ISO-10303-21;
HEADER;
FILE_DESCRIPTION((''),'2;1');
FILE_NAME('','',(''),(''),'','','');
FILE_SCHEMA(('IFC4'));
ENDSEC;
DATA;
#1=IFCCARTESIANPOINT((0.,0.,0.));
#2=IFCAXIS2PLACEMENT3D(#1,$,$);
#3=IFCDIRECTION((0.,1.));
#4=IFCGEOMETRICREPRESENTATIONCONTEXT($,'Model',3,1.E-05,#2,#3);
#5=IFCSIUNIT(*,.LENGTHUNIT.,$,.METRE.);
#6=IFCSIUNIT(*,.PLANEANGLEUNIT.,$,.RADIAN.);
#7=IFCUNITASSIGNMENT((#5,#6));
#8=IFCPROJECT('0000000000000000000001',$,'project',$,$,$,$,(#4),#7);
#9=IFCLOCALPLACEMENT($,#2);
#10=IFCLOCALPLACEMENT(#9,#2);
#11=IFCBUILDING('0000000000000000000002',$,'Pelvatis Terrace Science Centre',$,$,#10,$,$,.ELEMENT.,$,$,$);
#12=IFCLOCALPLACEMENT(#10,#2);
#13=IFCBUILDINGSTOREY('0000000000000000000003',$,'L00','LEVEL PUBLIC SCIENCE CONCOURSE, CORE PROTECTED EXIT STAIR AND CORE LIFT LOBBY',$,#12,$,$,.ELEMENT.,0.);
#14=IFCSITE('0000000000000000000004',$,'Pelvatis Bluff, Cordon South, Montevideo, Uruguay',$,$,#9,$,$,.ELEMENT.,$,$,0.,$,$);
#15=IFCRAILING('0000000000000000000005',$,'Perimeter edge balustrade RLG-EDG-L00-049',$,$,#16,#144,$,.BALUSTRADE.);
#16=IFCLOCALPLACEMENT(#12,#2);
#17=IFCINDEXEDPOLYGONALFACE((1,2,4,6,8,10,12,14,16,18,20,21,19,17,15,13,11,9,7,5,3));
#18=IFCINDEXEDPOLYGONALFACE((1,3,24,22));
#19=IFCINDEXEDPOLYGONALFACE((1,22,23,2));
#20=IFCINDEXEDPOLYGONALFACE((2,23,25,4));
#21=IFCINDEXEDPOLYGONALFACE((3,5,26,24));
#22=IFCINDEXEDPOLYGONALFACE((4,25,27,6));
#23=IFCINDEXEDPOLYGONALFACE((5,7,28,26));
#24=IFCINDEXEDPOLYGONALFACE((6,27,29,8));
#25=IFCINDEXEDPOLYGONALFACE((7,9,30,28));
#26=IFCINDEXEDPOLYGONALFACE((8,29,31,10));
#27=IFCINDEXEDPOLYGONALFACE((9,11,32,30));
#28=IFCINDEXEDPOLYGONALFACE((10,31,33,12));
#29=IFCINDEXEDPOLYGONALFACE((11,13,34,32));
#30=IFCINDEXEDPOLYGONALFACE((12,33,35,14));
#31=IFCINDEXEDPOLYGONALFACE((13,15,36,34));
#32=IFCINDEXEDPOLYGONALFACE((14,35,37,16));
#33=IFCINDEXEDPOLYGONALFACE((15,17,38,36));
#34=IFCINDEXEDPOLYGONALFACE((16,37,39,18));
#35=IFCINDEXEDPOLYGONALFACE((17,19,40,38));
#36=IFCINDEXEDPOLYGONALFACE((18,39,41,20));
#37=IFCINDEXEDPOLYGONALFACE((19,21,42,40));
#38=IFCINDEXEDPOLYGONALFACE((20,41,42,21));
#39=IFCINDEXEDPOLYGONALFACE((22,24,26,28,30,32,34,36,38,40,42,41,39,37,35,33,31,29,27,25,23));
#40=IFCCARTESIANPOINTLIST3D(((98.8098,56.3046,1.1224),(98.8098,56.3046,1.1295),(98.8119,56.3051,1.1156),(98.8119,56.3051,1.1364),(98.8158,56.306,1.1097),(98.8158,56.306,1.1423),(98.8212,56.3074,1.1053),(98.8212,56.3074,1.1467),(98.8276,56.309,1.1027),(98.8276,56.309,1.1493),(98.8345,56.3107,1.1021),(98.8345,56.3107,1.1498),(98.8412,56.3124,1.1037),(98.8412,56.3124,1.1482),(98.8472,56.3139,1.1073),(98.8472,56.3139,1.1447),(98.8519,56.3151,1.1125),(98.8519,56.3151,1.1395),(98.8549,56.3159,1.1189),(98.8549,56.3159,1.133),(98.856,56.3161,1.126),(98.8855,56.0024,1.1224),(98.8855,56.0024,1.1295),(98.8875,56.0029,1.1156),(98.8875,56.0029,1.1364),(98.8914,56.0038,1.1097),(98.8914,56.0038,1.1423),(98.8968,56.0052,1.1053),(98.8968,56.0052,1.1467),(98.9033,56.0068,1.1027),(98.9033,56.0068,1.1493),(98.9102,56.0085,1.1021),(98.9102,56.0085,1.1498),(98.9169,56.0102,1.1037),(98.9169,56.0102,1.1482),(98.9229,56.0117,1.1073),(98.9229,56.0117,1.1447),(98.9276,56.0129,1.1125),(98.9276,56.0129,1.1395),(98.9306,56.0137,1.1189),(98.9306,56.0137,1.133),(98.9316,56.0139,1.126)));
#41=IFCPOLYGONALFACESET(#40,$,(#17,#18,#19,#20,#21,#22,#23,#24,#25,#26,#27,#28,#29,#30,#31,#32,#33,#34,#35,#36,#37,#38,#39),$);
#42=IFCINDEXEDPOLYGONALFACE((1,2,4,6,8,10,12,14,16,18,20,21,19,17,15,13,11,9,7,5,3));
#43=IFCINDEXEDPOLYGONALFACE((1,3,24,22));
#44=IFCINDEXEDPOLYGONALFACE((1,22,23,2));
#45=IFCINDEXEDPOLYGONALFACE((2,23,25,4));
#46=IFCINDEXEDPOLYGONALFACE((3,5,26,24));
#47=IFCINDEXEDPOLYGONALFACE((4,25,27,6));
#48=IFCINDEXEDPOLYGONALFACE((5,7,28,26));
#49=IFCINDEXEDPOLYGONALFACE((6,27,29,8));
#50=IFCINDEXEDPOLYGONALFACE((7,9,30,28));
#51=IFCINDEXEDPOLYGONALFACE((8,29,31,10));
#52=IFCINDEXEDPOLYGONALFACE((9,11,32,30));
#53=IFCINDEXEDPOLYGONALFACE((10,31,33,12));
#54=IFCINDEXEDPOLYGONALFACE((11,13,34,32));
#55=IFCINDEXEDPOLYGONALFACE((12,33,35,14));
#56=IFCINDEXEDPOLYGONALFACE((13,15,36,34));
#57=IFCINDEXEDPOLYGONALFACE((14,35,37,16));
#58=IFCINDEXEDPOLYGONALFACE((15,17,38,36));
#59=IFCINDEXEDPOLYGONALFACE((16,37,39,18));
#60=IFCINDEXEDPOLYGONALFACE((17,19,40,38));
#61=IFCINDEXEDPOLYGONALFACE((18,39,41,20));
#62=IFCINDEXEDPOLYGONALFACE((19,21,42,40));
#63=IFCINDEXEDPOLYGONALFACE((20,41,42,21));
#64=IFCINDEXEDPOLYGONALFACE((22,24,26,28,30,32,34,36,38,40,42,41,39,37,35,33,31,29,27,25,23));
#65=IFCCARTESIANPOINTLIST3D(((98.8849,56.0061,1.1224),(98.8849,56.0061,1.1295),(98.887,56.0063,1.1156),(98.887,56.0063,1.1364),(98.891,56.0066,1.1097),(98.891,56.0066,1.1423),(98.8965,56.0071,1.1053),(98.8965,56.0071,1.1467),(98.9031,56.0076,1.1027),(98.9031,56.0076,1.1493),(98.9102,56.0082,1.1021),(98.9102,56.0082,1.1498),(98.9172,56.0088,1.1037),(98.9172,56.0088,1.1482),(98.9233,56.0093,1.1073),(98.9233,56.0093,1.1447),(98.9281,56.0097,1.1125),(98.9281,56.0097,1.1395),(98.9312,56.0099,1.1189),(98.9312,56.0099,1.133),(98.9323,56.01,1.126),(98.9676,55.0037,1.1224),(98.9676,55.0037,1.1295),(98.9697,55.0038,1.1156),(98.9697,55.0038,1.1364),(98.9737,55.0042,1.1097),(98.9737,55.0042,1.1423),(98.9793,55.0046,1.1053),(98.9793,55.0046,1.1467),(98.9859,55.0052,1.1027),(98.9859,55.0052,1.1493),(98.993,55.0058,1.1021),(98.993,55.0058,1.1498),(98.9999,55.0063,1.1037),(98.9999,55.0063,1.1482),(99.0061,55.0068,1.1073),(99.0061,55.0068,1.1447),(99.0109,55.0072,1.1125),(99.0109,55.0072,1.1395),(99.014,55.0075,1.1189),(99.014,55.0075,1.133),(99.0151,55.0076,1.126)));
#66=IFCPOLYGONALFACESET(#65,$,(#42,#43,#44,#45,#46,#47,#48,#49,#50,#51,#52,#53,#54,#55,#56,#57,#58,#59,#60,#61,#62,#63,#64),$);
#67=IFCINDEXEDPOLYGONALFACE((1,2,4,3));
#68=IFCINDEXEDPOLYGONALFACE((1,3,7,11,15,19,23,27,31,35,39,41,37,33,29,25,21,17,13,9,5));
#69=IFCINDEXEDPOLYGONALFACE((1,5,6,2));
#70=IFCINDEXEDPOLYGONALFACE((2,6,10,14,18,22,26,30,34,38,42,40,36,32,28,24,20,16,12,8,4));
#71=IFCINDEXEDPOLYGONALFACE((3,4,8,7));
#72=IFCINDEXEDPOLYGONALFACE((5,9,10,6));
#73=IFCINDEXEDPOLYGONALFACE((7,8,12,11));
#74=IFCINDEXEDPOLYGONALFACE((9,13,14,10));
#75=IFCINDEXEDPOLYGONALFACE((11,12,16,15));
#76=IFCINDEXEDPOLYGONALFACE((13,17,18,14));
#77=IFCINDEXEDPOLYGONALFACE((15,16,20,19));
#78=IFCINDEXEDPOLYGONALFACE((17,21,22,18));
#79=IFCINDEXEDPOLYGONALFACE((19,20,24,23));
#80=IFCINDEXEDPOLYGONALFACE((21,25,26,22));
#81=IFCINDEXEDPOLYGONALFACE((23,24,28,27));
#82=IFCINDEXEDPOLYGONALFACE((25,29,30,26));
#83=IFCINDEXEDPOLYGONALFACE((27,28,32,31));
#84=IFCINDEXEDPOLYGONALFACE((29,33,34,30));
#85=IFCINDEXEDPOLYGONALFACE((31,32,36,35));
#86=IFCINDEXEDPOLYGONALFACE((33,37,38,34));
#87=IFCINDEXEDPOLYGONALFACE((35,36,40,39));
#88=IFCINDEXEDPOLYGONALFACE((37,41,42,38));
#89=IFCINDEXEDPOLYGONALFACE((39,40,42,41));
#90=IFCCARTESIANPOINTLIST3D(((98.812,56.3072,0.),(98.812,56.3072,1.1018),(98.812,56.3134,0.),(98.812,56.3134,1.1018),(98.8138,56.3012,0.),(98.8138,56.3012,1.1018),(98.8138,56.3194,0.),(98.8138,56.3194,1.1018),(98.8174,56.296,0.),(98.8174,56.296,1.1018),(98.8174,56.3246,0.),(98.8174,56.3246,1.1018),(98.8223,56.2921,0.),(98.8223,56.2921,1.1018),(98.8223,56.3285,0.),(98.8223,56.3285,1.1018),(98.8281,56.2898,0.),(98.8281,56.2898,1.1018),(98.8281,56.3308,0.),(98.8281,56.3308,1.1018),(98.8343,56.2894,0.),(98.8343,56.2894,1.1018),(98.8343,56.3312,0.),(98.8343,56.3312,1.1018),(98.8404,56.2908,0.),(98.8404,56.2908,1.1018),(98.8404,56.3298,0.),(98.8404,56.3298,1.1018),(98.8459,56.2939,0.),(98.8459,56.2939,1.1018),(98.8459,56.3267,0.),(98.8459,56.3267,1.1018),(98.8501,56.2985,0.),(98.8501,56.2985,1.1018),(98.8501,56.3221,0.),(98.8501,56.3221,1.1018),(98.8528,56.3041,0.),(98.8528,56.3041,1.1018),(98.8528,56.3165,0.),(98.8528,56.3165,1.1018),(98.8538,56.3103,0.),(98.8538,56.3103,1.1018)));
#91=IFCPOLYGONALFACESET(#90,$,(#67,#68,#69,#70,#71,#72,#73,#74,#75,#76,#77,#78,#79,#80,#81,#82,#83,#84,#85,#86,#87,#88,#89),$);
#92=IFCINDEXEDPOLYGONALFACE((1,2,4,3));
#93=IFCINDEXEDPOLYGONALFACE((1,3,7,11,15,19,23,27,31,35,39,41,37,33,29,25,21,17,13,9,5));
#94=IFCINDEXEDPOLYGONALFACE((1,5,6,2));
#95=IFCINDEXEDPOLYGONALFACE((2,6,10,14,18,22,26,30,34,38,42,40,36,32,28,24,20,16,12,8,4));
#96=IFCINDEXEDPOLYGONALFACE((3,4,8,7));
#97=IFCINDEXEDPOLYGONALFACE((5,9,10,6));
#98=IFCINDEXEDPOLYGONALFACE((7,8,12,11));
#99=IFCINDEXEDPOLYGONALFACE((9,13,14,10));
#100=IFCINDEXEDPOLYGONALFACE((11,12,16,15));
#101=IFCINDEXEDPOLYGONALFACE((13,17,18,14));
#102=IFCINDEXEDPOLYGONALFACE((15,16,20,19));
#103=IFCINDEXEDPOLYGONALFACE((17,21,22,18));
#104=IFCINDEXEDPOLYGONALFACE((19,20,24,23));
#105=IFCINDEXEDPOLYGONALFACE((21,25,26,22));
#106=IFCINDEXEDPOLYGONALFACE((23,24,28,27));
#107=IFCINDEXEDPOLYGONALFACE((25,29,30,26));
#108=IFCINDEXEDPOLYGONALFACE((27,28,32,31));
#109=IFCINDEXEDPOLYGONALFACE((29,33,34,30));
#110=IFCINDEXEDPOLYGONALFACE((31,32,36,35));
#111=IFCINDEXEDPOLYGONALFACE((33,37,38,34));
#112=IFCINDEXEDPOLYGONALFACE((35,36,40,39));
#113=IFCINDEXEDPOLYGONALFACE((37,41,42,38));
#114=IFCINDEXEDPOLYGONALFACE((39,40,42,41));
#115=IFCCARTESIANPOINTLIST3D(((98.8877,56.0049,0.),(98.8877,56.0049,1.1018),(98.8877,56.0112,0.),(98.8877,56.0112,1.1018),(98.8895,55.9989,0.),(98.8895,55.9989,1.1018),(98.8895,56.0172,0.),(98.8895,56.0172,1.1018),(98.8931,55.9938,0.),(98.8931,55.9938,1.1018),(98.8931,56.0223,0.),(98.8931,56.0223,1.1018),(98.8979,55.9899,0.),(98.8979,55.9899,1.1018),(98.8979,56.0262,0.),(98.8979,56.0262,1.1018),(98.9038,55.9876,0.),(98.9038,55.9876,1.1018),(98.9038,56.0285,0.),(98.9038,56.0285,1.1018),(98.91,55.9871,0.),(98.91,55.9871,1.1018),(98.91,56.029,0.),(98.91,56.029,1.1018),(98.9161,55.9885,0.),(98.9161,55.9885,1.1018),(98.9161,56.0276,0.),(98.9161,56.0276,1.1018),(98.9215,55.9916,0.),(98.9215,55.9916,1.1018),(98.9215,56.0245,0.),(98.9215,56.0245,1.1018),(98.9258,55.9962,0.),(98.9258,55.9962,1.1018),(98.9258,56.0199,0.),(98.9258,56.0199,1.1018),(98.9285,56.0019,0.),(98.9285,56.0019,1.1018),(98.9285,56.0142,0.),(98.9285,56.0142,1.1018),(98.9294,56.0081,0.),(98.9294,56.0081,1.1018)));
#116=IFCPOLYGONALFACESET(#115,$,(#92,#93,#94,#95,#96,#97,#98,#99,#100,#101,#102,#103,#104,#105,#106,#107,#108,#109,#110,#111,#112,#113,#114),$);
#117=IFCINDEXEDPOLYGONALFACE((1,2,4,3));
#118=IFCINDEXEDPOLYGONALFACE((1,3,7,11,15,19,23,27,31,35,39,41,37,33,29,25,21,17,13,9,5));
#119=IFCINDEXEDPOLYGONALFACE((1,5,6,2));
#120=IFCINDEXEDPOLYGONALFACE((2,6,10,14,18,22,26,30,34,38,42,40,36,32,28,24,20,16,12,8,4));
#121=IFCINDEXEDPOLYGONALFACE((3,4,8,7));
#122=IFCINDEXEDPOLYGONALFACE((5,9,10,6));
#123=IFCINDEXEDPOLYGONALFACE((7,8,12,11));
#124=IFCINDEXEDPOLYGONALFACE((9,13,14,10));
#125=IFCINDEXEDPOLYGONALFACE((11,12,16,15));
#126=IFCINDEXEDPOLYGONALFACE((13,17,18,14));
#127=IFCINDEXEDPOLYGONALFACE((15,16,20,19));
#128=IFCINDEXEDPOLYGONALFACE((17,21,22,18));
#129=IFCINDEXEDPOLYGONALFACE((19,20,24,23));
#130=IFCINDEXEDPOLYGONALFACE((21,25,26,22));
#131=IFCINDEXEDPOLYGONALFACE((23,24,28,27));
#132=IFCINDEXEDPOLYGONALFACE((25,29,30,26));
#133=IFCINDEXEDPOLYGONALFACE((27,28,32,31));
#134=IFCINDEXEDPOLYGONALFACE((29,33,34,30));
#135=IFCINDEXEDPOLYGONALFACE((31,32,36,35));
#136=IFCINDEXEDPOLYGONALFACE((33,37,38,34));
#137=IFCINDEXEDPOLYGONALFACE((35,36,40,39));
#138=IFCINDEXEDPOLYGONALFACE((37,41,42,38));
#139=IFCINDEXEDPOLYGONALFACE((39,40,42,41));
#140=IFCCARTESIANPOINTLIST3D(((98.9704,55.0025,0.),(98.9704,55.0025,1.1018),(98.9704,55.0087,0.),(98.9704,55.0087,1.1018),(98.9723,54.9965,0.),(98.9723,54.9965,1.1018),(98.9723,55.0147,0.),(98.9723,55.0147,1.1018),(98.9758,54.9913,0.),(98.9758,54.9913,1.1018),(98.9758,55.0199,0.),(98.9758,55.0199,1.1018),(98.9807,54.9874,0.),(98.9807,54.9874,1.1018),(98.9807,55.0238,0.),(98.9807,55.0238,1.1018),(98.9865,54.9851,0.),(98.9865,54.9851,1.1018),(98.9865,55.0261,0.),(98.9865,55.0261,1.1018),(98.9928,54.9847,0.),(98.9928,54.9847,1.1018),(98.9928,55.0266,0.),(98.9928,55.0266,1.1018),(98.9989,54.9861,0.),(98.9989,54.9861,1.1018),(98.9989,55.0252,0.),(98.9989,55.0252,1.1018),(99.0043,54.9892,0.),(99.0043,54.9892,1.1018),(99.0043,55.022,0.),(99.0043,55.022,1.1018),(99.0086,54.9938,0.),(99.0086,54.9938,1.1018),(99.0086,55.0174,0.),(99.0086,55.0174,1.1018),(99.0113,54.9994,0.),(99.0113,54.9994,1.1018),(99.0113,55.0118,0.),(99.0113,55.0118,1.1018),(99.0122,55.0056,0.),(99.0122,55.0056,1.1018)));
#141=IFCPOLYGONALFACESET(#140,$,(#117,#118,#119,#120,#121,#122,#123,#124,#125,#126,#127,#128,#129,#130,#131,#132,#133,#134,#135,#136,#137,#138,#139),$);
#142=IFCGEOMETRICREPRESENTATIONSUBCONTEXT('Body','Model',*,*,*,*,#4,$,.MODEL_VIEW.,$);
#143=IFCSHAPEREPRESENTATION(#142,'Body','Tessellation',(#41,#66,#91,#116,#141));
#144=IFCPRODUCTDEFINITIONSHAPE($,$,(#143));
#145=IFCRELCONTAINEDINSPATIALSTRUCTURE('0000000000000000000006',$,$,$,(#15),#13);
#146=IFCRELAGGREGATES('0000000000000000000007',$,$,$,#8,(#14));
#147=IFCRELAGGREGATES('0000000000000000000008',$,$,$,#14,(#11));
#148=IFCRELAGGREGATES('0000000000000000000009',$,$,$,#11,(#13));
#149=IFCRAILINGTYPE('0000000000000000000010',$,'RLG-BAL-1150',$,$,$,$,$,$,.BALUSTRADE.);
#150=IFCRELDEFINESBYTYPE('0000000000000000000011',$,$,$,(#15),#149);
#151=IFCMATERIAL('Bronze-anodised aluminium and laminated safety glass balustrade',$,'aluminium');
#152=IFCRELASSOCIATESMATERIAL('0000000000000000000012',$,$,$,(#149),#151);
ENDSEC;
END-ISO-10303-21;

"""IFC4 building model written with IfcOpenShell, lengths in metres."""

from ifc_helpers import new_model, si_unit, direction, frame, origin, origin_2d, place, context, subcontext, project, spatial, circle, extrude, material, type_object, element, save


model = new_model("IFC4")

# Units and contexts
model_context = context("Model", 3, precision=1e-05, world=origin(), true_north=direction((0.0, 1.0)))
body_context = subcontext(model_context, "Body", "Model", "MODEL_VIEW")
ifc_project = project(units=[si_unit("LENGTHUNIT", "METRE"), si_unit("PLANEANGLEUNIT", "RADIAN")], contexts=[model_context])

# Site, building, storey
site_placement = place(None, origin())
site = spatial("IfcSite", under=ifc_project, at=site_placement, Name="Pelvatis Bluff, Cordon South, Montevideo, Uruguay", CompositionType="ELEMENT", RefElevation=0.0)
building_placement = place(site_placement, origin())
building = spatial("IfcBuilding", under=site, at=building_placement, Name="Pelvatis Terrace Science Centre", CompositionType="ELEMENT")
storey_placement = place(building_placement, origin())
storey = spatial("IfcBuildingStorey", under=building, at=storey_placement, Name="L00", Description="LEVEL PUBLIC SCIENCE CONCOURSE, CORE PROTECTED EXIT STAIR AND CORE LIFT LOBBY", CompositionType="ELEMENT", Elevation=0.0)

# Railing
ifc_material_1 = material(Name="Bronze-anodised aluminium and laminated safety glass balustrade", Category="aluminium")
railing_type = type_object("IfcRailingType", Name="RLG-BAL-1150", PredefinedType="BALUSTRADE", material=ifc_material_1)
railing_placement = place(storey_placement, frame((98.8328, 56.3103, 0.0)))
element("IfcRailing", 1, at=railing_placement, inside=storey, type_object=railing_type, Name="Perimeter edge balustrade RLG-EDG-L00-049", PredefinedType="BALUSTRADE", context=body_context, shape_type="SweptSolid", body=[
    extrude(circle(Radius=0.0239, at=origin_2d()), frame((0.0, 0.0, 1.126), z_axis=(0.242904, -0.97005, 0.0), x_axis=(0.97005, 0.242904, 0.0)), (0.0, 0.0, 1.0), 0.3115),
    extrude(circle(Radius=0.0239, at=origin_2d()), frame((0.0757, -0.3022, 1.126), z_axis=(0.082282, -0.996609, 0.0), x_axis=(0.996609, 0.082282, 0.0)), (0.0, 0.0, 1.0), 1.0059),
    extrude(circle(Radius=0.021, at=origin_2d()), origin(), (0.0, 0.0, 1.0), 1.1018),
    extrude(circle(Radius=0.021, at=origin_2d()), frame((0.0757, -0.3022, 0.0)), (0.0, 0.0, 1.0), 1.1018),
    extrude(circle(Radius=0.021, at=origin_2d()), frame((0.1584, -1.3047, 0.0)), (0.0, 0.0, 1.0), 1.1018),
])

save(model, "model.ifc")
